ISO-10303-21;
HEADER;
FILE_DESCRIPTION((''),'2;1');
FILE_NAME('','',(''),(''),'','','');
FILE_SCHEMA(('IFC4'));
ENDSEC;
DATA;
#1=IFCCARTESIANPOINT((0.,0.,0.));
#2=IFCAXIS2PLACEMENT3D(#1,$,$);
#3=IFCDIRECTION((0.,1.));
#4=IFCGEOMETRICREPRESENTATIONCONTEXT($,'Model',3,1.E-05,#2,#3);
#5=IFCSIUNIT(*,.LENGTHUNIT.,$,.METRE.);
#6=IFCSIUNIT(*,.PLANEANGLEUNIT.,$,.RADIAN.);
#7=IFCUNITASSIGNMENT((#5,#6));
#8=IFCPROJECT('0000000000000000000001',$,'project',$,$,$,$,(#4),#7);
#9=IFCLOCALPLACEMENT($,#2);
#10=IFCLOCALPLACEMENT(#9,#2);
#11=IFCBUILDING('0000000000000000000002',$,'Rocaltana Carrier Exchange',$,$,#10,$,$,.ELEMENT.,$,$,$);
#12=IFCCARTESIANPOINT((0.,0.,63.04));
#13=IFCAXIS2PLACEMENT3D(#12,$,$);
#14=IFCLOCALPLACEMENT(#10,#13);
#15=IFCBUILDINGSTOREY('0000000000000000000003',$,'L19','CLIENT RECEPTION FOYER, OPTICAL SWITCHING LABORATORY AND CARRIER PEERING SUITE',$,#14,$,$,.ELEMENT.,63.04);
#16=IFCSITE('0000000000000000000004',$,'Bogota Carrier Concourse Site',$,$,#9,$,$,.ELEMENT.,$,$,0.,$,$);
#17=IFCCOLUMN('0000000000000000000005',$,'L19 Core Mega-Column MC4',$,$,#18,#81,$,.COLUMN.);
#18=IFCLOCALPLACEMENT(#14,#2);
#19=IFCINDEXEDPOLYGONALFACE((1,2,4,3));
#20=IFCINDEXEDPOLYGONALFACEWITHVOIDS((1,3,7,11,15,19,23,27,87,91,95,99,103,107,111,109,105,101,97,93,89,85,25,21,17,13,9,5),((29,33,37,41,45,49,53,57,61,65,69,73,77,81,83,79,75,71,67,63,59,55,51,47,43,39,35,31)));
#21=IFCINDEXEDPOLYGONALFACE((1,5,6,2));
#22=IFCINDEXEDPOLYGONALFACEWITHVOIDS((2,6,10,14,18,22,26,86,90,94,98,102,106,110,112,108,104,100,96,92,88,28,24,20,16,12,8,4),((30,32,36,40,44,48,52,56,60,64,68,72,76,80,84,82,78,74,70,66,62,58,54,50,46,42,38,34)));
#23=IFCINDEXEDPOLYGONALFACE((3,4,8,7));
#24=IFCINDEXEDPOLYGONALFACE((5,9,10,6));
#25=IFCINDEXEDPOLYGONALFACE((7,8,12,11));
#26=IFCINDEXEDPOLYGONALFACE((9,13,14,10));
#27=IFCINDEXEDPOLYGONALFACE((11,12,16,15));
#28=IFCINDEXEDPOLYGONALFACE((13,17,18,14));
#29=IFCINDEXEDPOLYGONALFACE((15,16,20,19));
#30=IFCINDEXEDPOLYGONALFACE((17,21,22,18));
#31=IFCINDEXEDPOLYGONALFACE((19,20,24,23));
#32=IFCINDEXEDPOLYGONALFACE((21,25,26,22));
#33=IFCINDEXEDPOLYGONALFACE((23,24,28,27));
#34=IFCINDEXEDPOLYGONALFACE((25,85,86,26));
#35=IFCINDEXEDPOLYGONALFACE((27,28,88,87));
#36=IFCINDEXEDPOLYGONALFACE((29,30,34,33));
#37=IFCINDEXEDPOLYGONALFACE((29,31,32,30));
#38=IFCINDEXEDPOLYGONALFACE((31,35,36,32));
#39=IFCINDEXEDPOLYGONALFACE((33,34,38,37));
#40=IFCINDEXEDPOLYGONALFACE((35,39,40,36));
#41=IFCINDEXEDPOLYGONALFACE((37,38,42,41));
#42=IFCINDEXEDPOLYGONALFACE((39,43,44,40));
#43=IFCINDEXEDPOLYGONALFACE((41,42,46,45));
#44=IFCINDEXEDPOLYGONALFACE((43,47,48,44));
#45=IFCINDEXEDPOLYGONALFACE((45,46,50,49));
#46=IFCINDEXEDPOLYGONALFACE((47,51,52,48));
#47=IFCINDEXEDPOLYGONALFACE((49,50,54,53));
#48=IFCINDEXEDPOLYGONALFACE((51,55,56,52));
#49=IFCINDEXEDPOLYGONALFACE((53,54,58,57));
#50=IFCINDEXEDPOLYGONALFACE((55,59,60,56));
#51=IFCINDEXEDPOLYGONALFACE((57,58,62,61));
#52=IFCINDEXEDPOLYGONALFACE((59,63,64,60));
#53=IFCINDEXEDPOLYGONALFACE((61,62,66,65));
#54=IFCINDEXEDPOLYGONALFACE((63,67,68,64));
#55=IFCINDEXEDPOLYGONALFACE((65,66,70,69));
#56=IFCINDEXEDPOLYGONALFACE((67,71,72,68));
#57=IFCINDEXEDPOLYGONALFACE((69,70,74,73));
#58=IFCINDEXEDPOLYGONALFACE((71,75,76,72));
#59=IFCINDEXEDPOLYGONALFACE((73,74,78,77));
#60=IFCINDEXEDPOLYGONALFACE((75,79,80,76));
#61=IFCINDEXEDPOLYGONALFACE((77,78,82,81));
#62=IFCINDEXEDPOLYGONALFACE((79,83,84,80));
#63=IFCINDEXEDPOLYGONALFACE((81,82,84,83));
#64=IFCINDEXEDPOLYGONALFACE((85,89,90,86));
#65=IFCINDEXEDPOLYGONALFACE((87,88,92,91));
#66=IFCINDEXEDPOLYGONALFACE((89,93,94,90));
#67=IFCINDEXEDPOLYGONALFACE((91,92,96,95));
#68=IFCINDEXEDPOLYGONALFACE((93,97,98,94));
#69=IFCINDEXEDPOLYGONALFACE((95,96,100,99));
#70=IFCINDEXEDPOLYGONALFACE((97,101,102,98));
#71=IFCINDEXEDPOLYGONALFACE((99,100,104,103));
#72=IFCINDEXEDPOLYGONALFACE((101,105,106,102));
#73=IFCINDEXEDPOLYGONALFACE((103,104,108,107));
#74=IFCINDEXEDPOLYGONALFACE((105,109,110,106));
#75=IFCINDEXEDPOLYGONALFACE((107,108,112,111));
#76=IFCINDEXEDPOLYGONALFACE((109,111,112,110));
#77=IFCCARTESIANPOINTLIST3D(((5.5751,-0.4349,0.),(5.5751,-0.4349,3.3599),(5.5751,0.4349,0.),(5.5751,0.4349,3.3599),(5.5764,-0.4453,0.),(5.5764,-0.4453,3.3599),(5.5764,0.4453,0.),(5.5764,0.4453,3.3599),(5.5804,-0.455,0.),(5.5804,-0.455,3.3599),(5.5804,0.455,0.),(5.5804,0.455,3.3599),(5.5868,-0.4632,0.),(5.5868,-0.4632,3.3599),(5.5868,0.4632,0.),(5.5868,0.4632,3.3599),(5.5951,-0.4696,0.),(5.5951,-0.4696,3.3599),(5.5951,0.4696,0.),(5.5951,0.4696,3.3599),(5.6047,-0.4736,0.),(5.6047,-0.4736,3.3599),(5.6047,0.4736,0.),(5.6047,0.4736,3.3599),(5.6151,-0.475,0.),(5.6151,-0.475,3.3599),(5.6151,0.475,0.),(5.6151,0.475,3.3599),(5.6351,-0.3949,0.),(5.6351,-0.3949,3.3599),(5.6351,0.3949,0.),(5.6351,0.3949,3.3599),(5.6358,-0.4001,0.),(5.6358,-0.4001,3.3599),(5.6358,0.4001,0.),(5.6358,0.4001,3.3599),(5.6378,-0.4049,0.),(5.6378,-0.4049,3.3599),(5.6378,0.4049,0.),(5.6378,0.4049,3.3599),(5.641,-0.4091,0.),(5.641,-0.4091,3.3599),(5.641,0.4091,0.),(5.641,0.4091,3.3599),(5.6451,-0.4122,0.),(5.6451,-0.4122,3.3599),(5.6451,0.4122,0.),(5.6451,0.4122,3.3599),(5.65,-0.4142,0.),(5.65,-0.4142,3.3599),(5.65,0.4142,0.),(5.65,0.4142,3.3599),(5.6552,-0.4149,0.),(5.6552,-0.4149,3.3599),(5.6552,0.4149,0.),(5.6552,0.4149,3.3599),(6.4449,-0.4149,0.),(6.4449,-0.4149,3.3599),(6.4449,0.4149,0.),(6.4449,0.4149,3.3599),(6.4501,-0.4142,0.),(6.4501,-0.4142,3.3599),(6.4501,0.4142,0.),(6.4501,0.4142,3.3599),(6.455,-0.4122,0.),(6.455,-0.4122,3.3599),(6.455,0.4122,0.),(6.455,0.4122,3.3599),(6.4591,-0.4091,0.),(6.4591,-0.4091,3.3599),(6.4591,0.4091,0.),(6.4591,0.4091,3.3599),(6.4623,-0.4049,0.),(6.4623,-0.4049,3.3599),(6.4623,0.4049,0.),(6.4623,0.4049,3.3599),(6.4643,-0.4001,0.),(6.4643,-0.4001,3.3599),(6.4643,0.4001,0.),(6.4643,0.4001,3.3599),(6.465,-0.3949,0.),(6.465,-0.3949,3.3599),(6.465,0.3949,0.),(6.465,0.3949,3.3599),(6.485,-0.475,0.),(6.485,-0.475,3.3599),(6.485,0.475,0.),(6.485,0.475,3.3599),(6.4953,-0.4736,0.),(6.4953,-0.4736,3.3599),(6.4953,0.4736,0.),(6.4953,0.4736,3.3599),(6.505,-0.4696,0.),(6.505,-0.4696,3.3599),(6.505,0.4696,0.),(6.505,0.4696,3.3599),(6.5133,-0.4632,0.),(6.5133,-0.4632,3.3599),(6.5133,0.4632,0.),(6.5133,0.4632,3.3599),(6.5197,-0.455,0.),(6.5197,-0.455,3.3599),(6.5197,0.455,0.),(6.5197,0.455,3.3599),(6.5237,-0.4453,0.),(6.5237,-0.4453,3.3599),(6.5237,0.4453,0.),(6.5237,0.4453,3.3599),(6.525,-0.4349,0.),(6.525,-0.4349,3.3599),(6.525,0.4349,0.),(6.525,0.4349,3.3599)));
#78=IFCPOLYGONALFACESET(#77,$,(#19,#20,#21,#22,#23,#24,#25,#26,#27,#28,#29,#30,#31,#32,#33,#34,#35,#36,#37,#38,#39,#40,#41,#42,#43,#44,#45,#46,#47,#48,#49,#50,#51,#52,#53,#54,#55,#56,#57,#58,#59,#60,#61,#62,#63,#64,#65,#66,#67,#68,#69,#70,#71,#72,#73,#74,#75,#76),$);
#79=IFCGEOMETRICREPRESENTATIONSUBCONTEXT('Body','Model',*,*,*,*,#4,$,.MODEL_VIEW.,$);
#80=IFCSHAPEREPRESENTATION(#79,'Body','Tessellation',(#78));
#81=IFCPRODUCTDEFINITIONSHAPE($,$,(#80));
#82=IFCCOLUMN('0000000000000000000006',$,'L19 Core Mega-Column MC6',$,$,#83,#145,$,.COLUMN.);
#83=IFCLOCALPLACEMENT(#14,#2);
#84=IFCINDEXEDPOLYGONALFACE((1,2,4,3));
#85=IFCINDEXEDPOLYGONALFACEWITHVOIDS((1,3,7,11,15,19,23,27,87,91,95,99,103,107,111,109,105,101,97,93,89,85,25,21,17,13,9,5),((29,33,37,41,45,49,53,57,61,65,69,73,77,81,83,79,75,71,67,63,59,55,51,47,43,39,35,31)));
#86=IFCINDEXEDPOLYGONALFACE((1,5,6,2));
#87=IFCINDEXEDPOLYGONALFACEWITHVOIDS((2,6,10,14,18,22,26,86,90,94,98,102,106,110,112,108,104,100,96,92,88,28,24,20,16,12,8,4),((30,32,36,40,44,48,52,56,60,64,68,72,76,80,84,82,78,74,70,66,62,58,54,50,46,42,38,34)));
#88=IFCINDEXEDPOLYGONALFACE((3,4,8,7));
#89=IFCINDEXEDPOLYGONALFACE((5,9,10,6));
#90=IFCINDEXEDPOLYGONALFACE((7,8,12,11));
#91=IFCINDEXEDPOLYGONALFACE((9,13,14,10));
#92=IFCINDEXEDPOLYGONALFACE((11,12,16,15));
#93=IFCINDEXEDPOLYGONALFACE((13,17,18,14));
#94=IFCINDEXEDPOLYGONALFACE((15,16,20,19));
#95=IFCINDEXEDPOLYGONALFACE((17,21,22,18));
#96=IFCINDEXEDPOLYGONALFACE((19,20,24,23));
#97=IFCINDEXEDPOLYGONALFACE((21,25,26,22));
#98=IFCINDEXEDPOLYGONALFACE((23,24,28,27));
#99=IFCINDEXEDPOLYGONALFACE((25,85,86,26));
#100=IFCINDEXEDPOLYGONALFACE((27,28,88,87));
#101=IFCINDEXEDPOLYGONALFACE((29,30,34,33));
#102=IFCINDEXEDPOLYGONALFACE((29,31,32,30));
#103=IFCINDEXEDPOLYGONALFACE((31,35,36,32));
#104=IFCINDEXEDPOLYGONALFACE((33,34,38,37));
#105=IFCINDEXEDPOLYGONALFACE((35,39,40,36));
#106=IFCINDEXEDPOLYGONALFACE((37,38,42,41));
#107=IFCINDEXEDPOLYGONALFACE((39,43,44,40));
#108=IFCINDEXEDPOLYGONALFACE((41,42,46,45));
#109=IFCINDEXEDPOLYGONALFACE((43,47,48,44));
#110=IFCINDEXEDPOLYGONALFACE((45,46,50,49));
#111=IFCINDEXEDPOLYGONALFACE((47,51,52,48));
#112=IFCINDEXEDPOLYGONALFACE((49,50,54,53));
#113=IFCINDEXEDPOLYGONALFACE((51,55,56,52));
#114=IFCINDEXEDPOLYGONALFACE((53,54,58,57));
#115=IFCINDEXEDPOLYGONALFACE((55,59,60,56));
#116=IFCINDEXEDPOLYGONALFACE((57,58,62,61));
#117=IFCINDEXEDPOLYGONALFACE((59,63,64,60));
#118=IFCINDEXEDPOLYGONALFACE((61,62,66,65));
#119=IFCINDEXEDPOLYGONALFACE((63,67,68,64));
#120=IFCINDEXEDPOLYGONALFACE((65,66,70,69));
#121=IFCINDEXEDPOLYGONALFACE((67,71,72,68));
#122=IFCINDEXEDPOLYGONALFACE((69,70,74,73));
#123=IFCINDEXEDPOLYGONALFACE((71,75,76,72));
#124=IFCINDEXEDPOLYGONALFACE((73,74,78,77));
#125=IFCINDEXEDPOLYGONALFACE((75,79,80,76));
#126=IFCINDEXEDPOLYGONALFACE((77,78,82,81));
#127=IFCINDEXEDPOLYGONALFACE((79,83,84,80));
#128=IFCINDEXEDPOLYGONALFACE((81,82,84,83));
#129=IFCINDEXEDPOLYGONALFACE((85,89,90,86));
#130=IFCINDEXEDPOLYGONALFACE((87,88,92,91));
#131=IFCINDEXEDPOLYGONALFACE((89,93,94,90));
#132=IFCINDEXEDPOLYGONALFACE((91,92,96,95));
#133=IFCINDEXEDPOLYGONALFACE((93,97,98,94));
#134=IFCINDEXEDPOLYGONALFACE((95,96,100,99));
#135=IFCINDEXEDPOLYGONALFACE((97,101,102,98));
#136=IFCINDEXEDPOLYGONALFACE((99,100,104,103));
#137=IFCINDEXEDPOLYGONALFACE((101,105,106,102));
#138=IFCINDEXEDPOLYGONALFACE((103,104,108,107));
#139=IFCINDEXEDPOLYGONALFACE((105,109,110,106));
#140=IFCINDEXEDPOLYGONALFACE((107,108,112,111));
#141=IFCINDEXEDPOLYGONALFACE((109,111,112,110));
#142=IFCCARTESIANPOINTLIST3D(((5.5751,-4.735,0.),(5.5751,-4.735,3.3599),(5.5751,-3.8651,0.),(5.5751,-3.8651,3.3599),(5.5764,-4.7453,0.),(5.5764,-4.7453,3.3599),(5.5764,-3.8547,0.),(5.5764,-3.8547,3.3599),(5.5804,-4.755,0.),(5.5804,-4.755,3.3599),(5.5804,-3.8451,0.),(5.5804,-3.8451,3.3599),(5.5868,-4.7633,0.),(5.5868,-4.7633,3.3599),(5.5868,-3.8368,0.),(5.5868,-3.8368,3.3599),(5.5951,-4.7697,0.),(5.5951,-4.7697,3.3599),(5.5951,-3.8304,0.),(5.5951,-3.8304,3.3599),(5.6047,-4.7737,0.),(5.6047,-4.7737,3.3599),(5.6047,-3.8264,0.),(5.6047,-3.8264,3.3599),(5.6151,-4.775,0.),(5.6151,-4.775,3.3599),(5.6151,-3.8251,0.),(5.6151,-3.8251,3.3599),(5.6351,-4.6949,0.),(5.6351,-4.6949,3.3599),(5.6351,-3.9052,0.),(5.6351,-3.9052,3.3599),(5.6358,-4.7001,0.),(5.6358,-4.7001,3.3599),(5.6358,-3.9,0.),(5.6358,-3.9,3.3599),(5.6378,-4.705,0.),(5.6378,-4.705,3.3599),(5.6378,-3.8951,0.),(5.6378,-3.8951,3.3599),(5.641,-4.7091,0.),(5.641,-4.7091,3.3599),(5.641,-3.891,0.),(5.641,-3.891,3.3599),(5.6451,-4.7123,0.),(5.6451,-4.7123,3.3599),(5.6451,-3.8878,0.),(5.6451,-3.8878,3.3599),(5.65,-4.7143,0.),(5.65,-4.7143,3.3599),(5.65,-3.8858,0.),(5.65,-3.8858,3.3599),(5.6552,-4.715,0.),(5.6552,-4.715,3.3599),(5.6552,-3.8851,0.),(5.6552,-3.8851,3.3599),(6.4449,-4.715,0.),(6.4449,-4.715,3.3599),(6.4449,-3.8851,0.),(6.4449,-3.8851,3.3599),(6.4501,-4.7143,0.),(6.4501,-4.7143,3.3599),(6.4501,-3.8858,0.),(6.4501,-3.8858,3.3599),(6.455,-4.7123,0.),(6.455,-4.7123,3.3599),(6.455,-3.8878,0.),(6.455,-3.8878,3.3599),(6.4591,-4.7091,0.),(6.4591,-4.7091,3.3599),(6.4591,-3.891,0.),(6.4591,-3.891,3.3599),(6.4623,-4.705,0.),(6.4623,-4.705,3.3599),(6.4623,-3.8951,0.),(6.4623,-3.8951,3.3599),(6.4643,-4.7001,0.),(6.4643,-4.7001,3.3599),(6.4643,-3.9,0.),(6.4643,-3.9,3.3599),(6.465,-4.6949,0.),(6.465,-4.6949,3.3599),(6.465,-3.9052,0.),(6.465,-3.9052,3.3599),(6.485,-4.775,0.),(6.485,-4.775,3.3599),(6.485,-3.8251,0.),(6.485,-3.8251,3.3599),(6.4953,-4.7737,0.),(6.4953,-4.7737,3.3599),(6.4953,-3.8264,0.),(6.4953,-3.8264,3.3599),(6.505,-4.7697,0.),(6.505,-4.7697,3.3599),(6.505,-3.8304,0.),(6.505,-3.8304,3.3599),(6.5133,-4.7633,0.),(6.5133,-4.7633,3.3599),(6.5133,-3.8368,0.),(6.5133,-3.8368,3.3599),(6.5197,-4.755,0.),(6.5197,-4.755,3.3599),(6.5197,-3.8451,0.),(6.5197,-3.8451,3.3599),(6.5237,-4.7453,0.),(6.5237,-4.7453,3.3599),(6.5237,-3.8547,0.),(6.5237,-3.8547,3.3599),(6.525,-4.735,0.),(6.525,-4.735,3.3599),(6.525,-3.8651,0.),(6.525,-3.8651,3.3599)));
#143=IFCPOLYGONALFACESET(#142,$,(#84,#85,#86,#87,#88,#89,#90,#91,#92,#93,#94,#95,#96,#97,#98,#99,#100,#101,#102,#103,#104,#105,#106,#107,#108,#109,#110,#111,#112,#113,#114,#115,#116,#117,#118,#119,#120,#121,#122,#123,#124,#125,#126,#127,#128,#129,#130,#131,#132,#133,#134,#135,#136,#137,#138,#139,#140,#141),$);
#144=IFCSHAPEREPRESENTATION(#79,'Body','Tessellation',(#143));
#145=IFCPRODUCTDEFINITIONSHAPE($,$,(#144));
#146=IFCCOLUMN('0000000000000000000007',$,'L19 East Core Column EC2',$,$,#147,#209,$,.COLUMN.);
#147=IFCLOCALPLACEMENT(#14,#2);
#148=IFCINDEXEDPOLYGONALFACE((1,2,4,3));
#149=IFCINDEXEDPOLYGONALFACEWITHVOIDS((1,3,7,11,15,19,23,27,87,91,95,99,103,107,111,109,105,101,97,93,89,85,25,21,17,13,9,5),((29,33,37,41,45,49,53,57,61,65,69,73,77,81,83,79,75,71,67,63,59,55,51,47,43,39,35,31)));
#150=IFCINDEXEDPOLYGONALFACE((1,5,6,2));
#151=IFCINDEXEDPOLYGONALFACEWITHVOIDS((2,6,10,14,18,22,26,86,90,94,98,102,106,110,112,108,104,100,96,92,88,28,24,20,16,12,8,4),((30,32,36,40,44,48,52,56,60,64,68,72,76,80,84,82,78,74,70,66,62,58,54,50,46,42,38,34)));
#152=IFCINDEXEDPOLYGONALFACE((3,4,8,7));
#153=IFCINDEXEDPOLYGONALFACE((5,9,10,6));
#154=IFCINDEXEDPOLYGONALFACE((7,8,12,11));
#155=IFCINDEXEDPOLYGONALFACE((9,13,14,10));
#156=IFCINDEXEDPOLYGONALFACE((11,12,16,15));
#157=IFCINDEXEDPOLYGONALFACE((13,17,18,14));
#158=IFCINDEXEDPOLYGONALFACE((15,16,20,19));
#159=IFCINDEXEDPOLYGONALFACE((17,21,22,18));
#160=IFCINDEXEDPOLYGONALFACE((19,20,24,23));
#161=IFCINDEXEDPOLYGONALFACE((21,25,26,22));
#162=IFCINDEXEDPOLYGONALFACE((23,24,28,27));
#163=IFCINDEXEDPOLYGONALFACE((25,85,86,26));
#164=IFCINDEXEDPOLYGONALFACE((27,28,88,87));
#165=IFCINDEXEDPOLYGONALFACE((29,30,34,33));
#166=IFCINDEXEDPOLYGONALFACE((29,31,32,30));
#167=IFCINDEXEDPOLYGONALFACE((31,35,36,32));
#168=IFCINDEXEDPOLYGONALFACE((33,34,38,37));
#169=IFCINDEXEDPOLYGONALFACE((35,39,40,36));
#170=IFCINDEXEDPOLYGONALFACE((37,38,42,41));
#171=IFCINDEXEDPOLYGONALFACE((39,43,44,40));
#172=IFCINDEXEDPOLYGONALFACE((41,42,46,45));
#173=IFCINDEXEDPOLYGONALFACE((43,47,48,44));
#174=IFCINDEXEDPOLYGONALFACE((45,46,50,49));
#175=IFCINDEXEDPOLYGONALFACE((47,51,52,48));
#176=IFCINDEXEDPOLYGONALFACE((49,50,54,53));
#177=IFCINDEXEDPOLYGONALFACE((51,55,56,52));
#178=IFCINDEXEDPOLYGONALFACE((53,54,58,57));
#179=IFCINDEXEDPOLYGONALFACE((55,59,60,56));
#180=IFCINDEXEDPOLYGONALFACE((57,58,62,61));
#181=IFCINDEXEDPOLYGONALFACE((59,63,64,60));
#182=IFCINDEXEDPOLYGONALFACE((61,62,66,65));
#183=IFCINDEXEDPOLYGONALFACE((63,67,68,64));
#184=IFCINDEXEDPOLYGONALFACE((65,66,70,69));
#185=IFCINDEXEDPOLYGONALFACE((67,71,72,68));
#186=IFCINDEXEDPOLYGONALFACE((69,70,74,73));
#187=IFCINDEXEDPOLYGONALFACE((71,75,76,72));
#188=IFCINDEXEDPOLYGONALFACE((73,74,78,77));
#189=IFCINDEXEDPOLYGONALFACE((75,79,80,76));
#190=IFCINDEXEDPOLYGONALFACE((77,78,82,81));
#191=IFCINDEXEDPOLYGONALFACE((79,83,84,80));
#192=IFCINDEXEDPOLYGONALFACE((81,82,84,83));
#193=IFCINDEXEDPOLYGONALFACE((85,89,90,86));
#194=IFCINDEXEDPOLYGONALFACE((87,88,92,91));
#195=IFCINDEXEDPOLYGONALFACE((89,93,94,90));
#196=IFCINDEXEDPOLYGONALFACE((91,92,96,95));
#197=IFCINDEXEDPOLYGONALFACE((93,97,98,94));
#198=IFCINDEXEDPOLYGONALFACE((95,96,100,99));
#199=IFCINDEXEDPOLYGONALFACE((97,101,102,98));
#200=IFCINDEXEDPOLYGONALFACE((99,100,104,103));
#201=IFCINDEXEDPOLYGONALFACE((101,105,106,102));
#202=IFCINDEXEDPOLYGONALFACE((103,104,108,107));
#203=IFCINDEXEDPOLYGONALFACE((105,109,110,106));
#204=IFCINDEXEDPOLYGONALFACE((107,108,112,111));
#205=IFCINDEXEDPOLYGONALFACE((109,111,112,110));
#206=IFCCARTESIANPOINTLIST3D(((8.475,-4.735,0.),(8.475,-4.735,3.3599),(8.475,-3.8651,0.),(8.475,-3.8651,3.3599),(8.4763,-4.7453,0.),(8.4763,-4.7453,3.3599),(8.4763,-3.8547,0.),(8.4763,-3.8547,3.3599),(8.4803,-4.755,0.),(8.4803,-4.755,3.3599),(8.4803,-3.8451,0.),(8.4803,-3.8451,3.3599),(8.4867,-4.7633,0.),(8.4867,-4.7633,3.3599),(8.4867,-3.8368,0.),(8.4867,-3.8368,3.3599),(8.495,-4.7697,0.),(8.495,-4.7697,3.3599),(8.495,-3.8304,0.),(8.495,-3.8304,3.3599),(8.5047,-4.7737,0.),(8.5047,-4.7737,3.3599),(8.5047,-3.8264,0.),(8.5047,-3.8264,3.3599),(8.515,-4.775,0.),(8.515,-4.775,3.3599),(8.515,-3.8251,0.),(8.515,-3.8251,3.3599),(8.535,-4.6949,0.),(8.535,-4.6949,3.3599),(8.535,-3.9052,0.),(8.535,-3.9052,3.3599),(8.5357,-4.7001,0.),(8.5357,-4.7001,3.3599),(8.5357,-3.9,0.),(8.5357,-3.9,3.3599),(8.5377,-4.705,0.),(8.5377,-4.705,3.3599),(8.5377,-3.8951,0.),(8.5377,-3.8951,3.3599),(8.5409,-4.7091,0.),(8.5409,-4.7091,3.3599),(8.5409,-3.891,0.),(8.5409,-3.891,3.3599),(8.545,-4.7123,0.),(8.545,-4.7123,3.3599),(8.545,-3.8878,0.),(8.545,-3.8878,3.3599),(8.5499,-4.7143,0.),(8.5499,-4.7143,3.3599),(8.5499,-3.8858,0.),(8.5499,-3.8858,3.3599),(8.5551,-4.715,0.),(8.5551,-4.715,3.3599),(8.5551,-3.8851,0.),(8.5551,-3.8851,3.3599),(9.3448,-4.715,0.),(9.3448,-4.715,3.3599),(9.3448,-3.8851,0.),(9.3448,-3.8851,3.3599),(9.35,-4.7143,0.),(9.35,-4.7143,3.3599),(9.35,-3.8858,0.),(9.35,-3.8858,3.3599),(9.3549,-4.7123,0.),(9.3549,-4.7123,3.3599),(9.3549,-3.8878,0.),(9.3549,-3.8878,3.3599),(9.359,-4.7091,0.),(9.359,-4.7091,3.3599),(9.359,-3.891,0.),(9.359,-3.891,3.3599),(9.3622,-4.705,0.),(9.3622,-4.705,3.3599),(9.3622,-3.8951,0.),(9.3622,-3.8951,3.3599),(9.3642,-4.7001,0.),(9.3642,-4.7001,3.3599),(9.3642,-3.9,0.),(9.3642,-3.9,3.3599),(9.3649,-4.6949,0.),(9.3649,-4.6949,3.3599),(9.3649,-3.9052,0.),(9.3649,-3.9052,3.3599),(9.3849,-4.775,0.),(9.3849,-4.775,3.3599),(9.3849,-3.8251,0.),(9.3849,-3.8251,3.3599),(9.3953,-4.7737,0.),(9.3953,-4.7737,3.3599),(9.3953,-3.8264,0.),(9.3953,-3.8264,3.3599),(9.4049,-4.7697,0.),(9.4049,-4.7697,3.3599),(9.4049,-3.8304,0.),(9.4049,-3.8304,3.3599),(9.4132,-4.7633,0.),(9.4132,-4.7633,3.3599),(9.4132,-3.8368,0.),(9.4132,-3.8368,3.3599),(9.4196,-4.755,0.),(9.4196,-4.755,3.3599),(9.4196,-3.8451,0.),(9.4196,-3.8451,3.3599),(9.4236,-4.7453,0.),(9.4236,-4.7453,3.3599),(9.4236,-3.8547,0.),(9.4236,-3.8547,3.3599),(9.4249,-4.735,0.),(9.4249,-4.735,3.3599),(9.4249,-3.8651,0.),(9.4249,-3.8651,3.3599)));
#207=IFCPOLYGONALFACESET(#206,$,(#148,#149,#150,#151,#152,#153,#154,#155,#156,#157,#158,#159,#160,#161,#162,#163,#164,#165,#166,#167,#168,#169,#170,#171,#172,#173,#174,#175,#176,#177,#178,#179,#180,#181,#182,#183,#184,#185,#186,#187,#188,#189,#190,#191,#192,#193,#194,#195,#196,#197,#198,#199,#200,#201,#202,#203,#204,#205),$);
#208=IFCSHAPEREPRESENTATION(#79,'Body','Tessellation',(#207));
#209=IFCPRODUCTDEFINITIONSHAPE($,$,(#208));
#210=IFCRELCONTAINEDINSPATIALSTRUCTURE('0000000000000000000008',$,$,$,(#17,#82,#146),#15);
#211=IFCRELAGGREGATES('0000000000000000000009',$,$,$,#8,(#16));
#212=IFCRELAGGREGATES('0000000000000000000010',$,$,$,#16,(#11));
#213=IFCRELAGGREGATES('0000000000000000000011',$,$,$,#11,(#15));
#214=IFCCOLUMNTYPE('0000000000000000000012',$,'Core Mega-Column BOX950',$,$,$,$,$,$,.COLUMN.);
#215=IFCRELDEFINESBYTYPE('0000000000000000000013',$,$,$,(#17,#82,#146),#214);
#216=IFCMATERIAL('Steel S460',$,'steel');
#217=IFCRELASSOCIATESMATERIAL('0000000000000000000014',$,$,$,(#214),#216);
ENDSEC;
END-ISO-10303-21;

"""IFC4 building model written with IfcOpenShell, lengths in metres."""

from ifc_helpers import new_model, si_unit, direction, frame, origin, origin_2d, place, context, subcontext, project, spatial, hollow_rectangle, extrude, material, material_profile, profile_set, type_object, element, save


model = new_model("IFC4")

# Units and contexts
model_context = context("Model", 3, precision=1e-05, world=origin(), true_north=direction((0.0, 1.0)))
body_context = subcontext(model_context, "Body", "Model", "MODEL_VIEW")
ifc_project = project(units=[si_unit("LENGTHUNIT", "METRE"), si_unit("PLANEANGLEUNIT", "RADIAN")], contexts=[model_context])

# Site, building, storey
site_placement = place(None, origin())
site = spatial("IfcSite", under=ifc_project, at=site_placement, Name="Bogota Carrier Concourse Site", CompositionType="ELEMENT", RefElevation=0.0)
building_placement = place(site_placement, origin())
building = spatial("IfcBuilding", under=site, at=building_placement, Name="Rocaltana Carrier Exchange", CompositionType="ELEMENT")
storey_placement = place(building_placement, frame((0.0, 0.0, 63.04)))
storey = spatial("IfcBuildingStorey", under=building, at=storey_placement, Name="L19", Description="CLIENT RECEPTION FOYER, OPTICAL SWITCHING LABORATORY AND CARRIER PEERING SUITE", CompositionType="ELEMENT", Elevation=63.04)

# Columns
ifc_material_1 = material(Name="Steel S460", Category="steel")
ifc_material_profile_1 = material_profile(ifc_material_1, hollow_rectangle(XDim=0.95, YDim=0.95, WallThickness=0.0601, InnerFilletRadius=0.02, OuterFilletRadius=0.04, at=origin_2d()), Name="BOX950X950X60")
ifc_profile_set_1 = profile_set([ifc_material_profile_1], Name="Steel S460")
column_type = type_object("IfcColumnType", Name="Core Mega-Column BOX950", PredefinedType="COLUMN", material=ifc_profile_set_1)
for number, where, z_axis, x_axis, name in (
    (1, (6.05, 0.0, 0.0), (0.0, 0.0, 1.0), (1.0, 0.0, 0.0), "L19 Core Mega-Column MC4"),
    (2, (6.05, -4.3, 0.0), (0.0, 0.0, 1.0), (1.0, 0.0, 0.0), "L19 Core Mega-Column MC6"),
    (3, (8.95, -4.3, 0.0), (0.0, 0.0, 1.0), (1.0, 0.0, 0.0), "L19 East Core Column EC2"),
):
    element("IfcColumn", number, at=place(storey_placement, frame(where, z_axis=z_axis, x_axis=x_axis)), inside=storey, type_object=column_type, Name=name, PredefinedType="COLUMN", context=body_context, shape_type="SweptSolid", body=[
        extrude(hollow_rectangle(XDim=0.95, YDim=0.95, WallThickness=0.0601, InnerFilletRadius=0.02, OuterFilletRadius=0.04, at=origin_2d()), origin(), (0.0, 0.0, 1.0), 3.3599),
    ])

save(model, "model.ifc")
